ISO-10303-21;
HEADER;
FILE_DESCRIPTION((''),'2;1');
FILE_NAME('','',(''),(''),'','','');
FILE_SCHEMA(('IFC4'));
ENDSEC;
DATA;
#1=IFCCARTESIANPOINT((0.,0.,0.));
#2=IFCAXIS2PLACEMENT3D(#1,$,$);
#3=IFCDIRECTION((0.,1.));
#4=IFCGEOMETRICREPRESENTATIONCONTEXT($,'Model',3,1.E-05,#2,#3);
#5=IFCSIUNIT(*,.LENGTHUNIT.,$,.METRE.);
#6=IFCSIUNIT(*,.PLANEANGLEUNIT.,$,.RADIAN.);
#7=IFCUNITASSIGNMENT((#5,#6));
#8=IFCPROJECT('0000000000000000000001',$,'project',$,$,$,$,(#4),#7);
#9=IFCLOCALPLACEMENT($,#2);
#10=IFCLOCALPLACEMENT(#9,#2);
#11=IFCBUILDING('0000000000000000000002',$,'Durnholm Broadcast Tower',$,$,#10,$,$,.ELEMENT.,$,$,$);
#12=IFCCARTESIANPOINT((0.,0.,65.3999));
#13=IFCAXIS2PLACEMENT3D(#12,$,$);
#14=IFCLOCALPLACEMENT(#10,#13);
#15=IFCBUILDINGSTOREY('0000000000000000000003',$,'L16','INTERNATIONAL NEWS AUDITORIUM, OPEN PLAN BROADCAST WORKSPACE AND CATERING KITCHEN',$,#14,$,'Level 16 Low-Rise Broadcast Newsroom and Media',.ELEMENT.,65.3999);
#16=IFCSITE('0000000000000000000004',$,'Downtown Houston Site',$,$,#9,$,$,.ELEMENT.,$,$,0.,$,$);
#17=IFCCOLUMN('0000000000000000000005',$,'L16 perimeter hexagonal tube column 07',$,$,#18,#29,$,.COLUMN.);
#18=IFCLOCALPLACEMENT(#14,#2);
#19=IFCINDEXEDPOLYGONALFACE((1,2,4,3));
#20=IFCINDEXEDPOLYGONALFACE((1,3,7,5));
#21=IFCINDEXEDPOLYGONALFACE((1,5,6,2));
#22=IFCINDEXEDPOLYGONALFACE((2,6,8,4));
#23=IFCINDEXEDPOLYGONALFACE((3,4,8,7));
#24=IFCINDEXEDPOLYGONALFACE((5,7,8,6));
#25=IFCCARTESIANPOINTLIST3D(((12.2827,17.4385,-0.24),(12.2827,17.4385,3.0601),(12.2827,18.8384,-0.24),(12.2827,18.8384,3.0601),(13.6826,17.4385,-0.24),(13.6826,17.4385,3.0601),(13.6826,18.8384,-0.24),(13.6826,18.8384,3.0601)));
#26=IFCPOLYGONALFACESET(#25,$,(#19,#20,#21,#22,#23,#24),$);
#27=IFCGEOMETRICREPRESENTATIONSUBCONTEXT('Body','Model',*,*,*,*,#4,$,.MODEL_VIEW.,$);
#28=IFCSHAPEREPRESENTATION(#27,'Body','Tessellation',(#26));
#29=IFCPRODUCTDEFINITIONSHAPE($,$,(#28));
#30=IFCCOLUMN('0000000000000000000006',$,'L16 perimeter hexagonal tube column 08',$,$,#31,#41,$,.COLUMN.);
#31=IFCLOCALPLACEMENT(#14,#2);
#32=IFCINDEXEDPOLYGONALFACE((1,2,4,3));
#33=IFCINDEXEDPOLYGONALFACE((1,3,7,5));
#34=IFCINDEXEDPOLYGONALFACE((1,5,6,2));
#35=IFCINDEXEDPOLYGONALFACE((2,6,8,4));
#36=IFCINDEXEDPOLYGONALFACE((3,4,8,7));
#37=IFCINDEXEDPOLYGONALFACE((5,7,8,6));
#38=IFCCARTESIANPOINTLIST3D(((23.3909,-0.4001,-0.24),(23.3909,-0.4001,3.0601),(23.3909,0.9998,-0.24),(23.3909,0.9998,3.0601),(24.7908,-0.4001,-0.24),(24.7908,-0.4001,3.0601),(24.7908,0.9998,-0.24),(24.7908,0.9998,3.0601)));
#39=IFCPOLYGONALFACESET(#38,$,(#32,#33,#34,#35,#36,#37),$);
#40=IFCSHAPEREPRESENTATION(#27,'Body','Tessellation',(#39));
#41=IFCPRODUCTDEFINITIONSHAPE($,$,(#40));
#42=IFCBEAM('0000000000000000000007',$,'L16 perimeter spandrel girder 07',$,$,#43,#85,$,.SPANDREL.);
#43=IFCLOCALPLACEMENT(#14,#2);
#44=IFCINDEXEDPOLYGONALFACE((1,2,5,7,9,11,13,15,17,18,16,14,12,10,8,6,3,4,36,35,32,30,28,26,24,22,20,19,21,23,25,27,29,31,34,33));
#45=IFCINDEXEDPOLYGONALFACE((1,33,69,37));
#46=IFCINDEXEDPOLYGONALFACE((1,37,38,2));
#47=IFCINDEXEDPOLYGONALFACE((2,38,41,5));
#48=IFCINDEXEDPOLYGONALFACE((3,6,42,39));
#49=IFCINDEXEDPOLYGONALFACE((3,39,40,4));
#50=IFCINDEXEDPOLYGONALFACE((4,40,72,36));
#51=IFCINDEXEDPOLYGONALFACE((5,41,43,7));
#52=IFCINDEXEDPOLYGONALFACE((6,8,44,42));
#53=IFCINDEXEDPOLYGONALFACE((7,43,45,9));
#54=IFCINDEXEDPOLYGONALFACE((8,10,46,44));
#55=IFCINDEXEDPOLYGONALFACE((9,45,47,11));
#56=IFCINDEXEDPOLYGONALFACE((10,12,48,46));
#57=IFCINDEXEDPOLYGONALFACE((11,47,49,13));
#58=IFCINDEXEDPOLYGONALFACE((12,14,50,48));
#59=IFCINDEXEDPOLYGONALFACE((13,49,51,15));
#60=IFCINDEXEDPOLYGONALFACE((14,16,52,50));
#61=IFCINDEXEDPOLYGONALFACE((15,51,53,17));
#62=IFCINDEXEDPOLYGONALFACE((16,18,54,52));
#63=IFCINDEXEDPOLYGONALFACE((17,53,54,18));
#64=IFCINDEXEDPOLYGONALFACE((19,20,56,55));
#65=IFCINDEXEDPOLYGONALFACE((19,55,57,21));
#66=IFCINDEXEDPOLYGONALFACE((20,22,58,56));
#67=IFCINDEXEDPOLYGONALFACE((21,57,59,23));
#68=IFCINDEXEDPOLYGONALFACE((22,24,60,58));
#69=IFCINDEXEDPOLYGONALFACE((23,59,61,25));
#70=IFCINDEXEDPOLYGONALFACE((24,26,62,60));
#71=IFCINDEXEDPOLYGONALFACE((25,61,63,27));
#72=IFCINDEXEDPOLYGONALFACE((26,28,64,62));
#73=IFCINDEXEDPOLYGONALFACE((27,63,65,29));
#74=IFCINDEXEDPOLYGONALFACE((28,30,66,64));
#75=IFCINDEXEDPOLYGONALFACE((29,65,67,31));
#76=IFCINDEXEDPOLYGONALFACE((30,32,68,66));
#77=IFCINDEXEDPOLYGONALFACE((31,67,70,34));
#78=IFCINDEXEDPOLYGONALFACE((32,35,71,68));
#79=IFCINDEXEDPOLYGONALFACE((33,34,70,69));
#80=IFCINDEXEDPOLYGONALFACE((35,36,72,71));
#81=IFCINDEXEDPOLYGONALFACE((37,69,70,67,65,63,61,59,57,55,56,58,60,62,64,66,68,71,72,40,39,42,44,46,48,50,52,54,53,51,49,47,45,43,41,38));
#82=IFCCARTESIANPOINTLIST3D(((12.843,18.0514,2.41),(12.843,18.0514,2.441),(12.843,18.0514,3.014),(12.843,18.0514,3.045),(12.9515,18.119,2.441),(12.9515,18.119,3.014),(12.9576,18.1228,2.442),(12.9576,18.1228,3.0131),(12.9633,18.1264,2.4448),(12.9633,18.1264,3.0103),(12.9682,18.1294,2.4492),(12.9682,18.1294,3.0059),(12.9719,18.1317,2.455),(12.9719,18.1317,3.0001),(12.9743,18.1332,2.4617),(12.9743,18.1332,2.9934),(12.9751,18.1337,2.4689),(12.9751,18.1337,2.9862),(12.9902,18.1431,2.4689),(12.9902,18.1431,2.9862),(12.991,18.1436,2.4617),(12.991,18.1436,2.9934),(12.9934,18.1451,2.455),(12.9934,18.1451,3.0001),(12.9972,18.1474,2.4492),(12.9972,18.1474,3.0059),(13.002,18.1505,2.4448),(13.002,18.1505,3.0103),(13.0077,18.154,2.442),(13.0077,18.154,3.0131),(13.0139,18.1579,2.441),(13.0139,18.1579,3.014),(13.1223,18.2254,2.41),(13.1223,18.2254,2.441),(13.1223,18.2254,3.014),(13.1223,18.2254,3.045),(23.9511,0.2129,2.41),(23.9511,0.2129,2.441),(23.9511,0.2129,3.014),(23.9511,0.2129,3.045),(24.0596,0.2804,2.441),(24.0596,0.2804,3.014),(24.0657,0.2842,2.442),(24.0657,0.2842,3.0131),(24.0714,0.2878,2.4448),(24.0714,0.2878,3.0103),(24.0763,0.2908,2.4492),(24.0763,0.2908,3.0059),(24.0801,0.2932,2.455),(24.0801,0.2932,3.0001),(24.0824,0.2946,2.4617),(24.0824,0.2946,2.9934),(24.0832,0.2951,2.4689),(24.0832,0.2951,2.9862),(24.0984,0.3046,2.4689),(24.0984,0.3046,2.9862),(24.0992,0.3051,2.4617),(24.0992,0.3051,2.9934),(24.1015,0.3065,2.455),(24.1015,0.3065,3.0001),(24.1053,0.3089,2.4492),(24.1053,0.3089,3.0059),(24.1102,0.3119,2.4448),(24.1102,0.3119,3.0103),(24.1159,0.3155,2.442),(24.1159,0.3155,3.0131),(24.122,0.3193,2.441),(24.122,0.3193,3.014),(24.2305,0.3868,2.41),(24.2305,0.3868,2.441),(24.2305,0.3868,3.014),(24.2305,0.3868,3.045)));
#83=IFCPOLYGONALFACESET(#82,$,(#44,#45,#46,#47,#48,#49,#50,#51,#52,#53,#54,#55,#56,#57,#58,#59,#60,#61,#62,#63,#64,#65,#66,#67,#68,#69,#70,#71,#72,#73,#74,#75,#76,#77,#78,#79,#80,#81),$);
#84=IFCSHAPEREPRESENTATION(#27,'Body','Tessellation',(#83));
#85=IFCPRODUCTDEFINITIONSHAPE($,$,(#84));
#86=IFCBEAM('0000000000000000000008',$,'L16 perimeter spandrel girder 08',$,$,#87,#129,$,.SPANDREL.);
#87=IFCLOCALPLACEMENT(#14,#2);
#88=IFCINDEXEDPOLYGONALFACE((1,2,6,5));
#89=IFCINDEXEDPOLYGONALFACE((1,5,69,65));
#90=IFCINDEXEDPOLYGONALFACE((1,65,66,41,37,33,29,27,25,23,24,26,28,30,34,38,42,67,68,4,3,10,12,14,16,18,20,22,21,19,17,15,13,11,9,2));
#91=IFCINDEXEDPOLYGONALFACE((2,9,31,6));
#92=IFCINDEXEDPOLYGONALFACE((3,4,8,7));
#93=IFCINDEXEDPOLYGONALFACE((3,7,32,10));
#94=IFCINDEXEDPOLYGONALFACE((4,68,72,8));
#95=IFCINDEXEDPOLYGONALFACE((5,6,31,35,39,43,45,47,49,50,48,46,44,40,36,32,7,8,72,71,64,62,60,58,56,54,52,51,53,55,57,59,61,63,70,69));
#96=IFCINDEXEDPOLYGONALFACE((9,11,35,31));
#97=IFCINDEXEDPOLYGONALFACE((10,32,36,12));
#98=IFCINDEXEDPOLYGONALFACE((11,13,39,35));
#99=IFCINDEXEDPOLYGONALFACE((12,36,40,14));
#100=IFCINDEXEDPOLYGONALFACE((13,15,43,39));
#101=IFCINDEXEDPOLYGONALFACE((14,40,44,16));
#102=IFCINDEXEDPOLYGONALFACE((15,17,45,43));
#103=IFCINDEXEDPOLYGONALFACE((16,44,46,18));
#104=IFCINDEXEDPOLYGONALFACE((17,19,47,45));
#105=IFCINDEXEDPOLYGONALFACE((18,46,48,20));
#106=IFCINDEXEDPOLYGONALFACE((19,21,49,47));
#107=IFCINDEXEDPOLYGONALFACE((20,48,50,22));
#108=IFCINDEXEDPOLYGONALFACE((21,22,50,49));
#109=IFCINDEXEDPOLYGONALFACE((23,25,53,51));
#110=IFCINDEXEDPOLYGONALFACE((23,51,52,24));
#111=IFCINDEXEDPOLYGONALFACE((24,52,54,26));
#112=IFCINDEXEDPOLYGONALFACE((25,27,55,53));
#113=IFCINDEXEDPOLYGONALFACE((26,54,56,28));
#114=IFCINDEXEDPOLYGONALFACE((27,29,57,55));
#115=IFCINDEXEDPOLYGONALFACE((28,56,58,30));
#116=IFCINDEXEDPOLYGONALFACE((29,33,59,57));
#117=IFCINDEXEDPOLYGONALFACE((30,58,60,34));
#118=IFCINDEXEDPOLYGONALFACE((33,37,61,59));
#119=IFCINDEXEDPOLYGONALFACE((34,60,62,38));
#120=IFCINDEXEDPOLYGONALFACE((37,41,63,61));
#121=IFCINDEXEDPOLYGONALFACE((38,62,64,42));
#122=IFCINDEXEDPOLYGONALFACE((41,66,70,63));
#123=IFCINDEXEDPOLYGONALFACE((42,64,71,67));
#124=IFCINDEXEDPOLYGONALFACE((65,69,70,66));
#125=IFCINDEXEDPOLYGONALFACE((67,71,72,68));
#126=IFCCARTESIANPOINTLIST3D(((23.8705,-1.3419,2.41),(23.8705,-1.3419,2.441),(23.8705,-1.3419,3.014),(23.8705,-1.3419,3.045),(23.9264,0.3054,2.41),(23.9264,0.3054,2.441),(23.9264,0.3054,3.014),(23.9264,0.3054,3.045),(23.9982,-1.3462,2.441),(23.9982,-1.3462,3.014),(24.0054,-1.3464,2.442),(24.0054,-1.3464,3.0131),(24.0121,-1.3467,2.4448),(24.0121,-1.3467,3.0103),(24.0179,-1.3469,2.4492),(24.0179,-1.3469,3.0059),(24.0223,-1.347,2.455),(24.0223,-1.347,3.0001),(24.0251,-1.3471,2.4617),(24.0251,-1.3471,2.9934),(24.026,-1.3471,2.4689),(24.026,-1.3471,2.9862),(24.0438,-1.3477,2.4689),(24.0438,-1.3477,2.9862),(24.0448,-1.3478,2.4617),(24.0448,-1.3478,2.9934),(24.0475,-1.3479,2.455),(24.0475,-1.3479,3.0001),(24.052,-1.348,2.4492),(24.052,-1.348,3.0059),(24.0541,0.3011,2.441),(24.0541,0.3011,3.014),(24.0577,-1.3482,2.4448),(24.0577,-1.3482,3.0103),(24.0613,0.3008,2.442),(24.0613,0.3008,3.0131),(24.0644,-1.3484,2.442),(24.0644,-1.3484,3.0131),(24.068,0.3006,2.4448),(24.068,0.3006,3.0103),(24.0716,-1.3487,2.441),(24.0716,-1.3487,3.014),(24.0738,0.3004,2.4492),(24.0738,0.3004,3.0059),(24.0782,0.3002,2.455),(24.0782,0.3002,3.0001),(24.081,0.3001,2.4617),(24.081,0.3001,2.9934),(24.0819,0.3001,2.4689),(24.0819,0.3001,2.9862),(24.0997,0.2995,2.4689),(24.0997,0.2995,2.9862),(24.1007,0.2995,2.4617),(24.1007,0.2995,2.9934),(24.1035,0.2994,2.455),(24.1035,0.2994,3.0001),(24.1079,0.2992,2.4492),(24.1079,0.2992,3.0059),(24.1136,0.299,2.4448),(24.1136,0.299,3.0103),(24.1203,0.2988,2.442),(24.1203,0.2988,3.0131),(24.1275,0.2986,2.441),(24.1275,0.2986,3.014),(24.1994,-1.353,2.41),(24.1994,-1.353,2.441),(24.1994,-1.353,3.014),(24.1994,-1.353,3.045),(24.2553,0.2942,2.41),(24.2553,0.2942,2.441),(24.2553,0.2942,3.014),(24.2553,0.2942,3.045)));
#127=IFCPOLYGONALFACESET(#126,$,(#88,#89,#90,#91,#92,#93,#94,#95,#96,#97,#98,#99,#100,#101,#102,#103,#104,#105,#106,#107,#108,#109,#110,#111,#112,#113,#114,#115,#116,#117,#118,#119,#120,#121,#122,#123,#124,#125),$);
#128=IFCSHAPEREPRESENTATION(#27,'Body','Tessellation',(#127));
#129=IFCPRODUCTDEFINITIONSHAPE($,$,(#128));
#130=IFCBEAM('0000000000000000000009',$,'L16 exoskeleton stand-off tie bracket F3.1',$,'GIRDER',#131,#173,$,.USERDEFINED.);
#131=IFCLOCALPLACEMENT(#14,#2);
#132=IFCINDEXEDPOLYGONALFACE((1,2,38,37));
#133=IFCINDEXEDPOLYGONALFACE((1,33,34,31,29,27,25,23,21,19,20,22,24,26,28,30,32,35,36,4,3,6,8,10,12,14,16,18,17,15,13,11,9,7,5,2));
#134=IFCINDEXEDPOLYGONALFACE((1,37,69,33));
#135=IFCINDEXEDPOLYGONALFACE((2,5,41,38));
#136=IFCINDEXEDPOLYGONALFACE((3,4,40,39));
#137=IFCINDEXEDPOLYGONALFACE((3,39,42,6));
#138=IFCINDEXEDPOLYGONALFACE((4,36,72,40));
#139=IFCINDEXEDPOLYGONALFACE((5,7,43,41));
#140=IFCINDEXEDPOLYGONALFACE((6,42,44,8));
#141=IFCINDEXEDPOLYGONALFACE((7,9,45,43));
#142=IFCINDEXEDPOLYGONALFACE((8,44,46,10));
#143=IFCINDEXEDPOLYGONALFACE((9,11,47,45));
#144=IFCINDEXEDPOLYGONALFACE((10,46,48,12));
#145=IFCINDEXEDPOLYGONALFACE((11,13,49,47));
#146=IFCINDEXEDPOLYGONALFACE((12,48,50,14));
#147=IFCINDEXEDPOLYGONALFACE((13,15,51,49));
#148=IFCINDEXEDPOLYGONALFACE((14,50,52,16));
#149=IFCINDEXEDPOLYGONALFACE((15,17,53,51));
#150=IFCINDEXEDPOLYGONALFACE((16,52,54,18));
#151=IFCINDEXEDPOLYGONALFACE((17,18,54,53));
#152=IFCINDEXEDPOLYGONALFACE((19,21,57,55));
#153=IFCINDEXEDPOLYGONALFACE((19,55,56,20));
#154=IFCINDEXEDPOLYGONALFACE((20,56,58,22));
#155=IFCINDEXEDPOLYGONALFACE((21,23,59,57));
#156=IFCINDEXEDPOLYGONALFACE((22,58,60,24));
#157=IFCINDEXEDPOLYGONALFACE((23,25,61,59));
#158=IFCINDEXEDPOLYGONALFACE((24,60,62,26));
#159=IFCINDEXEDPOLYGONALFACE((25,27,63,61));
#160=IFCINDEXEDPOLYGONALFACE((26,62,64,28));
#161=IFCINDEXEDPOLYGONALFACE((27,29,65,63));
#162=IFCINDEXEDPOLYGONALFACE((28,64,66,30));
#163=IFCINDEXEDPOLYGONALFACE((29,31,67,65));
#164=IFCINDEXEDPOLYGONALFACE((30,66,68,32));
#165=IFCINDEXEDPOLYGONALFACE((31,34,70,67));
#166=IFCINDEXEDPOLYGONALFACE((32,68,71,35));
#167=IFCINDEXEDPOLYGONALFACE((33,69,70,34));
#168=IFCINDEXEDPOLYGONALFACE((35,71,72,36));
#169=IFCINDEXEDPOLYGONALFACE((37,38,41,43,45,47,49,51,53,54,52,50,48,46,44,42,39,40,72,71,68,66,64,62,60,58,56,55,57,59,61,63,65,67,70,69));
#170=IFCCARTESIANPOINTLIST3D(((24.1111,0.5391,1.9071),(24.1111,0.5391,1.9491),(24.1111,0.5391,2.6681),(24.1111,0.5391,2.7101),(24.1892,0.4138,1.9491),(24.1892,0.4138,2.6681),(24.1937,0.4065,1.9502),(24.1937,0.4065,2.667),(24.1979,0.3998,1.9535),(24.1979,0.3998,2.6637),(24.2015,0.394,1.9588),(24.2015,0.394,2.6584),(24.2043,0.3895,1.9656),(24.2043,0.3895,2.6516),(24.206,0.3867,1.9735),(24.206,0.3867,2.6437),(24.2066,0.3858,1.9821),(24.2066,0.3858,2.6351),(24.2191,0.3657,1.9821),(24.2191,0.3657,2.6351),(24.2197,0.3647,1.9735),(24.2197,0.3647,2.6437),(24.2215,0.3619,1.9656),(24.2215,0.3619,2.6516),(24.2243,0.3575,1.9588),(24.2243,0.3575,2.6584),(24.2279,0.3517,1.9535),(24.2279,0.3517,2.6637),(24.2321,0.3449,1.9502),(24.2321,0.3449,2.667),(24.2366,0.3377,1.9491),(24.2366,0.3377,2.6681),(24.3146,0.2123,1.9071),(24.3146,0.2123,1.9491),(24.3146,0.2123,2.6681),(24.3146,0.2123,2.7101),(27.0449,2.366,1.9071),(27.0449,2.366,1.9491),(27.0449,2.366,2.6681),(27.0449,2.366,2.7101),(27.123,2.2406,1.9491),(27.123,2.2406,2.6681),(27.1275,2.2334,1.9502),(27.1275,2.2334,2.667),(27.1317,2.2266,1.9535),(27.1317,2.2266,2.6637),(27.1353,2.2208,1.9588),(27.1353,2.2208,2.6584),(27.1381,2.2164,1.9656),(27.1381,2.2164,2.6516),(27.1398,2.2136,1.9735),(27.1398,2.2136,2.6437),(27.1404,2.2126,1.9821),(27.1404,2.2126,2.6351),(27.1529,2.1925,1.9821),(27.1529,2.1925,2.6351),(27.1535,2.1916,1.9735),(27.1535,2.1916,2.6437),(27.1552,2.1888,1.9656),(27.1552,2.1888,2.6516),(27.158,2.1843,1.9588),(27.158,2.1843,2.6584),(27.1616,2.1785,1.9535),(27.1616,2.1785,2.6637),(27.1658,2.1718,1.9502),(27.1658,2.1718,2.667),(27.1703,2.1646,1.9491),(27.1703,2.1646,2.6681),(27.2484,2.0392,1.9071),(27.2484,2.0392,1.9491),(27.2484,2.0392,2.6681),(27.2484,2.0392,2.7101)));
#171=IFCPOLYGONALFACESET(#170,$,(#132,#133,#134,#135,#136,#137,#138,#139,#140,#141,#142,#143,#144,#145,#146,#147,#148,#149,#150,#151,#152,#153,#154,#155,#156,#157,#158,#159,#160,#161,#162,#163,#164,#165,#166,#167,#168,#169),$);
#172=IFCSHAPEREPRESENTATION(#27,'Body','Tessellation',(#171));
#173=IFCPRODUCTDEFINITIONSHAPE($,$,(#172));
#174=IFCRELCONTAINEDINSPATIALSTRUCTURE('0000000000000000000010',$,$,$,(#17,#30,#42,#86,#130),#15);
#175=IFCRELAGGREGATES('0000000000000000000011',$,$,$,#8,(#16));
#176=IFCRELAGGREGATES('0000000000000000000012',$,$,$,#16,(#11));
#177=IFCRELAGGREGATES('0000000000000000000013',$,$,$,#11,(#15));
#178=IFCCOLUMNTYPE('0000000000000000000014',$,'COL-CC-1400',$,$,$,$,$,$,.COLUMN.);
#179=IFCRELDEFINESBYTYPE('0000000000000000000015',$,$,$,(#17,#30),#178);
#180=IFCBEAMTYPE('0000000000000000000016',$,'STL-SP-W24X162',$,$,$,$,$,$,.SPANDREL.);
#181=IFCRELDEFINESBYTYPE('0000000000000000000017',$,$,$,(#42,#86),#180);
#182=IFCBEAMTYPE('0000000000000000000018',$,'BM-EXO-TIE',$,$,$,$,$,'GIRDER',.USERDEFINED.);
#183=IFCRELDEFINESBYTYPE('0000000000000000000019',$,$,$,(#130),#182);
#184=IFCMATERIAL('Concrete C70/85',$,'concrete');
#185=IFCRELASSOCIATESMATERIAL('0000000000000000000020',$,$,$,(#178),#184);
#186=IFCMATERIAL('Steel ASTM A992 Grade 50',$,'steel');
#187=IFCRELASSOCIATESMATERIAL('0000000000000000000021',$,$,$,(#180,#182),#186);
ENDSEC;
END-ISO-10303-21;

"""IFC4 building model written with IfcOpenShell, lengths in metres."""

from ifc_helpers import new_model, si_unit, direction, frame, origin, origin_2d, place, context, subcontext, project, spatial, rectangle, i_section, extrude, source, transform, mapped, material, material_profile, profile_set, type_object, type_shapes, element, save


model = new_model("IFC4")

# Units and contexts
model_context = context("Model", 3, precision=1e-05, world=origin(), true_north=direction((0.0, 1.0)))
body_context = subcontext(model_context, "Body", "Model", "MODEL_VIEW")
ifc_project = project(units=[si_unit("LENGTHUNIT", "METRE"), si_unit("PLANEANGLEUNIT", "RADIAN")], contexts=[model_context])

# Site, building, storey
site_placement = place(None, origin())
site = spatial("IfcSite", under=ifc_project, at=site_placement, Name="Downtown Houston Site", CompositionType="ELEMENT", RefElevation=0.0)
building_placement = place(site_placement, origin())
building = spatial("IfcBuilding", under=site, at=building_placement, Name="Durnholm Broadcast Tower", CompositionType="ELEMENT")
storey_placement = place(building_placement, frame((0.0, 0.0, 65.3999)))
storey = spatial("IfcBuildingStorey", under=building, at=storey_placement, Name="L16", Description="INTERNATIONAL NEWS AUDITORIUM, OPEN PLAN BROADCAST WORKSPACE AND CATERING KITCHEN", LongName="Level 16 Low-Rise Broadcast Newsroom and Media", CompositionType="ELEMENT", Elevation=65.3999)

# Columns
ifc_material_1 = material(Name="Concrete C70/85", Category="concrete")
ifc_material_profile_1 = material_profile(ifc_material_1, rectangle(XDim=1.3999, YDim=1.3999, at=origin_2d()), Name="RC1400X1400")
ifc_profile_set_1 = profile_set([ifc_material_profile_1], Name="Concrete C70/85")
column_type = type_object("IfcColumnType", Name="COL-CC-1400", PredefinedType="COLUMN", material=ifc_profile_set_1)
shared_shape_1 = source(origin(), body_context, "Body", "SweptSolid", [
    extrude(rectangle(XDim=1.3999, YDim=1.3999, at=origin_2d()), origin(), (0.0, 0.0, 1.0), 3.3),
])
type_shapes(column_type, [shared_shape_1])
for number, where, z_axis, x_axis, name in (
    (1, (12.9827, 18.1384, -0.24), (0.0, 0.0, 1.0), (1.0, 0.0, 0.0), "L16 perimeter hexagonal tube column 07"),
    (2, (24.0908, 0.2998, -0.24), (0.0, 0.0, 1.0), (1.0, 0.0, 0.0), "L16 perimeter hexagonal tube column 08"),
):
    element("IfcColumn", number, at=place(storey_placement, frame(where, z_axis=z_axis, x_axis=x_axis)), inside=storey, type_object=column_type, Name=name, PredefinedType="COLUMN", context=body_context, shape_type="MappedRepresentation", body=[
        mapped(shared_shape_1, transform((0.0, 0.0, 0.0), x_axis=(1.0, 0.0, 0.0), y_axis=(0.0, 1.0, 0.0), z_axis=(0.0, 0.0, 1.0), scale=1.0)),
    ])

# Beams
ifc_material_2 = material(Name="Steel ASTM A992 Grade 50", Category="steel")
ifc_material_profile_2 = material_profile(ifc_material_2, i_section(OverallWidth=0.3291, OverallDepth=0.635, WebThickness=0.0178, FlangeThickness=0.031, FilletRadius=0.0278, at=origin_2d()), Name="W24X162")
ifc_profile_set_2 = profile_set([ifc_material_profile_2], Name="Steel ASTM A992 Grade 50")
beam_type_1 = type_object("IfcBeamType", Name="STL-SP-W24X162", PredefinedType="SPANDREL", material=ifc_profile_set_2)
shared_shape_2 = source(origin(), body_context, "Body", "SweptSolid", [
    extrude(i_section(OverallWidth=0.3291, OverallDepth=0.635, WebThickness=0.0178, FlangeThickness=0.031, FilletRadius=0.0278, at=origin_2d()), origin(), (0.0, 0.0, 1.0), 21.0144),
])
beam_1_placement = place(storey_placement, frame((12.9827, 18.1384, 2.7275), z_axis=(0.528596, -0.848874, 0.0), x_axis=(0.848874, 0.528596, 0.0)))
element("IfcBeam", 3, at=beam_1_placement, inside=storey, type_object=beam_type_1, Name="L16 perimeter spandrel girder 07", PredefinedType="SPANDREL", context=body_context, shape_type="MappedRepresentation", body=[
    mapped(shared_shape_2, transform((0.0, 0.0, 0.0), x_axis=(1.0, 0.0, 0.0), y_axis=(0.0, 1.0, 0.0), z_axis=(0.0, 0.0, 1.0), scale=1.0)),
])
shared_shape_3 = source(origin(), body_context, "Body", "SweptSolid", [
    extrude(i_section(OverallWidth=0.3291, OverallDepth=0.635, WebThickness=0.0178, FlangeThickness=0.031, FilletRadius=0.0278, at=origin_2d()), origin(), (0.0, 0.0, 1.0), 1.6482),
])
type_shapes(beam_type_1, [shared_shape_2, shared_shape_3])
beam_2_placement = place(storey_placement, frame((24.0908, 0.2998, 2.7275), z_axis=(-0.033921, -0.999425, 0.0), x_axis=(0.999425, -0.033921, 0.0)))
element("IfcBeam", 4, at=beam_2_placement, inside=storey, type_object=beam_type_1, Name="L16 perimeter spandrel girder 08", PredefinedType="SPANDREL", context=body_context, shape_type="MappedRepresentation", body=[
    mapped(shared_shape_3, transform((0.0, 0.0, 0.0), x_axis=(1.0, 0.0, 0.0), y_axis=(0.0, 1.0, 0.0), z_axis=(0.0, 0.0, 1.0), scale=1.0)),
])
ifc_material_profile_3 = material_profile(ifc_material_2, i_section(OverallWidth=0.385, OverallDepth=0.803, WebThickness=0.0237, FlangeThickness=0.042, FilletRadius=0.033, at=origin_2d()), Name="W30X261")
ifc_profile_set_3 = profile_set([ifc_material_profile_3], Name="Steel ASTM A992 Grade 50")
beam_type_2 = type_object("IfcBeamType", Name="BM-EXO-TIE", ElementType="GIRDER", PredefinedType="USERDEFINED", material=ifc_profile_set_3)
shared_shape_4 = source(origin(), body_context, "Body", "SweptSolid", [
    extrude(i_section(OverallWidth=0.385, OverallDepth=0.803, WebThickness=0.0237, FlangeThickness=0.042, FilletRadius=0.033, at=origin_2d()), origin(), (0.0, 0.0, 1.0), 3.4561),
])
for number, where, z_axis, x_axis, name in (
    (5, (24.2129, 0.3757, 2.3086), (0.848874, 0.528595, 0.0), (-0.528595, 0.848874, 0.0), "L16 exoskeleton stand-off tie bracket F3.1"),
):
    element("IfcBeam", number, at=place(storey_placement, frame(where, z_axis=z_axis, x_axis=x_axis)), inside=storey, type_object=beam_type_2, Name=name, ObjectType="GIRDER", PredefinedType="USERDEFINED", context=body_context, shape_type="MappedRepresentation", body=[
        mapped(shared_shape_4, transform((0.0, 0.0, 0.0), x_axis=(1.0, 0.0, 0.0), y_axis=(0.0, 1.0, 0.0), z_axis=(0.0, 0.0, 1.0), scale=1.0)),
    ])

save(model, "model.ifc")
